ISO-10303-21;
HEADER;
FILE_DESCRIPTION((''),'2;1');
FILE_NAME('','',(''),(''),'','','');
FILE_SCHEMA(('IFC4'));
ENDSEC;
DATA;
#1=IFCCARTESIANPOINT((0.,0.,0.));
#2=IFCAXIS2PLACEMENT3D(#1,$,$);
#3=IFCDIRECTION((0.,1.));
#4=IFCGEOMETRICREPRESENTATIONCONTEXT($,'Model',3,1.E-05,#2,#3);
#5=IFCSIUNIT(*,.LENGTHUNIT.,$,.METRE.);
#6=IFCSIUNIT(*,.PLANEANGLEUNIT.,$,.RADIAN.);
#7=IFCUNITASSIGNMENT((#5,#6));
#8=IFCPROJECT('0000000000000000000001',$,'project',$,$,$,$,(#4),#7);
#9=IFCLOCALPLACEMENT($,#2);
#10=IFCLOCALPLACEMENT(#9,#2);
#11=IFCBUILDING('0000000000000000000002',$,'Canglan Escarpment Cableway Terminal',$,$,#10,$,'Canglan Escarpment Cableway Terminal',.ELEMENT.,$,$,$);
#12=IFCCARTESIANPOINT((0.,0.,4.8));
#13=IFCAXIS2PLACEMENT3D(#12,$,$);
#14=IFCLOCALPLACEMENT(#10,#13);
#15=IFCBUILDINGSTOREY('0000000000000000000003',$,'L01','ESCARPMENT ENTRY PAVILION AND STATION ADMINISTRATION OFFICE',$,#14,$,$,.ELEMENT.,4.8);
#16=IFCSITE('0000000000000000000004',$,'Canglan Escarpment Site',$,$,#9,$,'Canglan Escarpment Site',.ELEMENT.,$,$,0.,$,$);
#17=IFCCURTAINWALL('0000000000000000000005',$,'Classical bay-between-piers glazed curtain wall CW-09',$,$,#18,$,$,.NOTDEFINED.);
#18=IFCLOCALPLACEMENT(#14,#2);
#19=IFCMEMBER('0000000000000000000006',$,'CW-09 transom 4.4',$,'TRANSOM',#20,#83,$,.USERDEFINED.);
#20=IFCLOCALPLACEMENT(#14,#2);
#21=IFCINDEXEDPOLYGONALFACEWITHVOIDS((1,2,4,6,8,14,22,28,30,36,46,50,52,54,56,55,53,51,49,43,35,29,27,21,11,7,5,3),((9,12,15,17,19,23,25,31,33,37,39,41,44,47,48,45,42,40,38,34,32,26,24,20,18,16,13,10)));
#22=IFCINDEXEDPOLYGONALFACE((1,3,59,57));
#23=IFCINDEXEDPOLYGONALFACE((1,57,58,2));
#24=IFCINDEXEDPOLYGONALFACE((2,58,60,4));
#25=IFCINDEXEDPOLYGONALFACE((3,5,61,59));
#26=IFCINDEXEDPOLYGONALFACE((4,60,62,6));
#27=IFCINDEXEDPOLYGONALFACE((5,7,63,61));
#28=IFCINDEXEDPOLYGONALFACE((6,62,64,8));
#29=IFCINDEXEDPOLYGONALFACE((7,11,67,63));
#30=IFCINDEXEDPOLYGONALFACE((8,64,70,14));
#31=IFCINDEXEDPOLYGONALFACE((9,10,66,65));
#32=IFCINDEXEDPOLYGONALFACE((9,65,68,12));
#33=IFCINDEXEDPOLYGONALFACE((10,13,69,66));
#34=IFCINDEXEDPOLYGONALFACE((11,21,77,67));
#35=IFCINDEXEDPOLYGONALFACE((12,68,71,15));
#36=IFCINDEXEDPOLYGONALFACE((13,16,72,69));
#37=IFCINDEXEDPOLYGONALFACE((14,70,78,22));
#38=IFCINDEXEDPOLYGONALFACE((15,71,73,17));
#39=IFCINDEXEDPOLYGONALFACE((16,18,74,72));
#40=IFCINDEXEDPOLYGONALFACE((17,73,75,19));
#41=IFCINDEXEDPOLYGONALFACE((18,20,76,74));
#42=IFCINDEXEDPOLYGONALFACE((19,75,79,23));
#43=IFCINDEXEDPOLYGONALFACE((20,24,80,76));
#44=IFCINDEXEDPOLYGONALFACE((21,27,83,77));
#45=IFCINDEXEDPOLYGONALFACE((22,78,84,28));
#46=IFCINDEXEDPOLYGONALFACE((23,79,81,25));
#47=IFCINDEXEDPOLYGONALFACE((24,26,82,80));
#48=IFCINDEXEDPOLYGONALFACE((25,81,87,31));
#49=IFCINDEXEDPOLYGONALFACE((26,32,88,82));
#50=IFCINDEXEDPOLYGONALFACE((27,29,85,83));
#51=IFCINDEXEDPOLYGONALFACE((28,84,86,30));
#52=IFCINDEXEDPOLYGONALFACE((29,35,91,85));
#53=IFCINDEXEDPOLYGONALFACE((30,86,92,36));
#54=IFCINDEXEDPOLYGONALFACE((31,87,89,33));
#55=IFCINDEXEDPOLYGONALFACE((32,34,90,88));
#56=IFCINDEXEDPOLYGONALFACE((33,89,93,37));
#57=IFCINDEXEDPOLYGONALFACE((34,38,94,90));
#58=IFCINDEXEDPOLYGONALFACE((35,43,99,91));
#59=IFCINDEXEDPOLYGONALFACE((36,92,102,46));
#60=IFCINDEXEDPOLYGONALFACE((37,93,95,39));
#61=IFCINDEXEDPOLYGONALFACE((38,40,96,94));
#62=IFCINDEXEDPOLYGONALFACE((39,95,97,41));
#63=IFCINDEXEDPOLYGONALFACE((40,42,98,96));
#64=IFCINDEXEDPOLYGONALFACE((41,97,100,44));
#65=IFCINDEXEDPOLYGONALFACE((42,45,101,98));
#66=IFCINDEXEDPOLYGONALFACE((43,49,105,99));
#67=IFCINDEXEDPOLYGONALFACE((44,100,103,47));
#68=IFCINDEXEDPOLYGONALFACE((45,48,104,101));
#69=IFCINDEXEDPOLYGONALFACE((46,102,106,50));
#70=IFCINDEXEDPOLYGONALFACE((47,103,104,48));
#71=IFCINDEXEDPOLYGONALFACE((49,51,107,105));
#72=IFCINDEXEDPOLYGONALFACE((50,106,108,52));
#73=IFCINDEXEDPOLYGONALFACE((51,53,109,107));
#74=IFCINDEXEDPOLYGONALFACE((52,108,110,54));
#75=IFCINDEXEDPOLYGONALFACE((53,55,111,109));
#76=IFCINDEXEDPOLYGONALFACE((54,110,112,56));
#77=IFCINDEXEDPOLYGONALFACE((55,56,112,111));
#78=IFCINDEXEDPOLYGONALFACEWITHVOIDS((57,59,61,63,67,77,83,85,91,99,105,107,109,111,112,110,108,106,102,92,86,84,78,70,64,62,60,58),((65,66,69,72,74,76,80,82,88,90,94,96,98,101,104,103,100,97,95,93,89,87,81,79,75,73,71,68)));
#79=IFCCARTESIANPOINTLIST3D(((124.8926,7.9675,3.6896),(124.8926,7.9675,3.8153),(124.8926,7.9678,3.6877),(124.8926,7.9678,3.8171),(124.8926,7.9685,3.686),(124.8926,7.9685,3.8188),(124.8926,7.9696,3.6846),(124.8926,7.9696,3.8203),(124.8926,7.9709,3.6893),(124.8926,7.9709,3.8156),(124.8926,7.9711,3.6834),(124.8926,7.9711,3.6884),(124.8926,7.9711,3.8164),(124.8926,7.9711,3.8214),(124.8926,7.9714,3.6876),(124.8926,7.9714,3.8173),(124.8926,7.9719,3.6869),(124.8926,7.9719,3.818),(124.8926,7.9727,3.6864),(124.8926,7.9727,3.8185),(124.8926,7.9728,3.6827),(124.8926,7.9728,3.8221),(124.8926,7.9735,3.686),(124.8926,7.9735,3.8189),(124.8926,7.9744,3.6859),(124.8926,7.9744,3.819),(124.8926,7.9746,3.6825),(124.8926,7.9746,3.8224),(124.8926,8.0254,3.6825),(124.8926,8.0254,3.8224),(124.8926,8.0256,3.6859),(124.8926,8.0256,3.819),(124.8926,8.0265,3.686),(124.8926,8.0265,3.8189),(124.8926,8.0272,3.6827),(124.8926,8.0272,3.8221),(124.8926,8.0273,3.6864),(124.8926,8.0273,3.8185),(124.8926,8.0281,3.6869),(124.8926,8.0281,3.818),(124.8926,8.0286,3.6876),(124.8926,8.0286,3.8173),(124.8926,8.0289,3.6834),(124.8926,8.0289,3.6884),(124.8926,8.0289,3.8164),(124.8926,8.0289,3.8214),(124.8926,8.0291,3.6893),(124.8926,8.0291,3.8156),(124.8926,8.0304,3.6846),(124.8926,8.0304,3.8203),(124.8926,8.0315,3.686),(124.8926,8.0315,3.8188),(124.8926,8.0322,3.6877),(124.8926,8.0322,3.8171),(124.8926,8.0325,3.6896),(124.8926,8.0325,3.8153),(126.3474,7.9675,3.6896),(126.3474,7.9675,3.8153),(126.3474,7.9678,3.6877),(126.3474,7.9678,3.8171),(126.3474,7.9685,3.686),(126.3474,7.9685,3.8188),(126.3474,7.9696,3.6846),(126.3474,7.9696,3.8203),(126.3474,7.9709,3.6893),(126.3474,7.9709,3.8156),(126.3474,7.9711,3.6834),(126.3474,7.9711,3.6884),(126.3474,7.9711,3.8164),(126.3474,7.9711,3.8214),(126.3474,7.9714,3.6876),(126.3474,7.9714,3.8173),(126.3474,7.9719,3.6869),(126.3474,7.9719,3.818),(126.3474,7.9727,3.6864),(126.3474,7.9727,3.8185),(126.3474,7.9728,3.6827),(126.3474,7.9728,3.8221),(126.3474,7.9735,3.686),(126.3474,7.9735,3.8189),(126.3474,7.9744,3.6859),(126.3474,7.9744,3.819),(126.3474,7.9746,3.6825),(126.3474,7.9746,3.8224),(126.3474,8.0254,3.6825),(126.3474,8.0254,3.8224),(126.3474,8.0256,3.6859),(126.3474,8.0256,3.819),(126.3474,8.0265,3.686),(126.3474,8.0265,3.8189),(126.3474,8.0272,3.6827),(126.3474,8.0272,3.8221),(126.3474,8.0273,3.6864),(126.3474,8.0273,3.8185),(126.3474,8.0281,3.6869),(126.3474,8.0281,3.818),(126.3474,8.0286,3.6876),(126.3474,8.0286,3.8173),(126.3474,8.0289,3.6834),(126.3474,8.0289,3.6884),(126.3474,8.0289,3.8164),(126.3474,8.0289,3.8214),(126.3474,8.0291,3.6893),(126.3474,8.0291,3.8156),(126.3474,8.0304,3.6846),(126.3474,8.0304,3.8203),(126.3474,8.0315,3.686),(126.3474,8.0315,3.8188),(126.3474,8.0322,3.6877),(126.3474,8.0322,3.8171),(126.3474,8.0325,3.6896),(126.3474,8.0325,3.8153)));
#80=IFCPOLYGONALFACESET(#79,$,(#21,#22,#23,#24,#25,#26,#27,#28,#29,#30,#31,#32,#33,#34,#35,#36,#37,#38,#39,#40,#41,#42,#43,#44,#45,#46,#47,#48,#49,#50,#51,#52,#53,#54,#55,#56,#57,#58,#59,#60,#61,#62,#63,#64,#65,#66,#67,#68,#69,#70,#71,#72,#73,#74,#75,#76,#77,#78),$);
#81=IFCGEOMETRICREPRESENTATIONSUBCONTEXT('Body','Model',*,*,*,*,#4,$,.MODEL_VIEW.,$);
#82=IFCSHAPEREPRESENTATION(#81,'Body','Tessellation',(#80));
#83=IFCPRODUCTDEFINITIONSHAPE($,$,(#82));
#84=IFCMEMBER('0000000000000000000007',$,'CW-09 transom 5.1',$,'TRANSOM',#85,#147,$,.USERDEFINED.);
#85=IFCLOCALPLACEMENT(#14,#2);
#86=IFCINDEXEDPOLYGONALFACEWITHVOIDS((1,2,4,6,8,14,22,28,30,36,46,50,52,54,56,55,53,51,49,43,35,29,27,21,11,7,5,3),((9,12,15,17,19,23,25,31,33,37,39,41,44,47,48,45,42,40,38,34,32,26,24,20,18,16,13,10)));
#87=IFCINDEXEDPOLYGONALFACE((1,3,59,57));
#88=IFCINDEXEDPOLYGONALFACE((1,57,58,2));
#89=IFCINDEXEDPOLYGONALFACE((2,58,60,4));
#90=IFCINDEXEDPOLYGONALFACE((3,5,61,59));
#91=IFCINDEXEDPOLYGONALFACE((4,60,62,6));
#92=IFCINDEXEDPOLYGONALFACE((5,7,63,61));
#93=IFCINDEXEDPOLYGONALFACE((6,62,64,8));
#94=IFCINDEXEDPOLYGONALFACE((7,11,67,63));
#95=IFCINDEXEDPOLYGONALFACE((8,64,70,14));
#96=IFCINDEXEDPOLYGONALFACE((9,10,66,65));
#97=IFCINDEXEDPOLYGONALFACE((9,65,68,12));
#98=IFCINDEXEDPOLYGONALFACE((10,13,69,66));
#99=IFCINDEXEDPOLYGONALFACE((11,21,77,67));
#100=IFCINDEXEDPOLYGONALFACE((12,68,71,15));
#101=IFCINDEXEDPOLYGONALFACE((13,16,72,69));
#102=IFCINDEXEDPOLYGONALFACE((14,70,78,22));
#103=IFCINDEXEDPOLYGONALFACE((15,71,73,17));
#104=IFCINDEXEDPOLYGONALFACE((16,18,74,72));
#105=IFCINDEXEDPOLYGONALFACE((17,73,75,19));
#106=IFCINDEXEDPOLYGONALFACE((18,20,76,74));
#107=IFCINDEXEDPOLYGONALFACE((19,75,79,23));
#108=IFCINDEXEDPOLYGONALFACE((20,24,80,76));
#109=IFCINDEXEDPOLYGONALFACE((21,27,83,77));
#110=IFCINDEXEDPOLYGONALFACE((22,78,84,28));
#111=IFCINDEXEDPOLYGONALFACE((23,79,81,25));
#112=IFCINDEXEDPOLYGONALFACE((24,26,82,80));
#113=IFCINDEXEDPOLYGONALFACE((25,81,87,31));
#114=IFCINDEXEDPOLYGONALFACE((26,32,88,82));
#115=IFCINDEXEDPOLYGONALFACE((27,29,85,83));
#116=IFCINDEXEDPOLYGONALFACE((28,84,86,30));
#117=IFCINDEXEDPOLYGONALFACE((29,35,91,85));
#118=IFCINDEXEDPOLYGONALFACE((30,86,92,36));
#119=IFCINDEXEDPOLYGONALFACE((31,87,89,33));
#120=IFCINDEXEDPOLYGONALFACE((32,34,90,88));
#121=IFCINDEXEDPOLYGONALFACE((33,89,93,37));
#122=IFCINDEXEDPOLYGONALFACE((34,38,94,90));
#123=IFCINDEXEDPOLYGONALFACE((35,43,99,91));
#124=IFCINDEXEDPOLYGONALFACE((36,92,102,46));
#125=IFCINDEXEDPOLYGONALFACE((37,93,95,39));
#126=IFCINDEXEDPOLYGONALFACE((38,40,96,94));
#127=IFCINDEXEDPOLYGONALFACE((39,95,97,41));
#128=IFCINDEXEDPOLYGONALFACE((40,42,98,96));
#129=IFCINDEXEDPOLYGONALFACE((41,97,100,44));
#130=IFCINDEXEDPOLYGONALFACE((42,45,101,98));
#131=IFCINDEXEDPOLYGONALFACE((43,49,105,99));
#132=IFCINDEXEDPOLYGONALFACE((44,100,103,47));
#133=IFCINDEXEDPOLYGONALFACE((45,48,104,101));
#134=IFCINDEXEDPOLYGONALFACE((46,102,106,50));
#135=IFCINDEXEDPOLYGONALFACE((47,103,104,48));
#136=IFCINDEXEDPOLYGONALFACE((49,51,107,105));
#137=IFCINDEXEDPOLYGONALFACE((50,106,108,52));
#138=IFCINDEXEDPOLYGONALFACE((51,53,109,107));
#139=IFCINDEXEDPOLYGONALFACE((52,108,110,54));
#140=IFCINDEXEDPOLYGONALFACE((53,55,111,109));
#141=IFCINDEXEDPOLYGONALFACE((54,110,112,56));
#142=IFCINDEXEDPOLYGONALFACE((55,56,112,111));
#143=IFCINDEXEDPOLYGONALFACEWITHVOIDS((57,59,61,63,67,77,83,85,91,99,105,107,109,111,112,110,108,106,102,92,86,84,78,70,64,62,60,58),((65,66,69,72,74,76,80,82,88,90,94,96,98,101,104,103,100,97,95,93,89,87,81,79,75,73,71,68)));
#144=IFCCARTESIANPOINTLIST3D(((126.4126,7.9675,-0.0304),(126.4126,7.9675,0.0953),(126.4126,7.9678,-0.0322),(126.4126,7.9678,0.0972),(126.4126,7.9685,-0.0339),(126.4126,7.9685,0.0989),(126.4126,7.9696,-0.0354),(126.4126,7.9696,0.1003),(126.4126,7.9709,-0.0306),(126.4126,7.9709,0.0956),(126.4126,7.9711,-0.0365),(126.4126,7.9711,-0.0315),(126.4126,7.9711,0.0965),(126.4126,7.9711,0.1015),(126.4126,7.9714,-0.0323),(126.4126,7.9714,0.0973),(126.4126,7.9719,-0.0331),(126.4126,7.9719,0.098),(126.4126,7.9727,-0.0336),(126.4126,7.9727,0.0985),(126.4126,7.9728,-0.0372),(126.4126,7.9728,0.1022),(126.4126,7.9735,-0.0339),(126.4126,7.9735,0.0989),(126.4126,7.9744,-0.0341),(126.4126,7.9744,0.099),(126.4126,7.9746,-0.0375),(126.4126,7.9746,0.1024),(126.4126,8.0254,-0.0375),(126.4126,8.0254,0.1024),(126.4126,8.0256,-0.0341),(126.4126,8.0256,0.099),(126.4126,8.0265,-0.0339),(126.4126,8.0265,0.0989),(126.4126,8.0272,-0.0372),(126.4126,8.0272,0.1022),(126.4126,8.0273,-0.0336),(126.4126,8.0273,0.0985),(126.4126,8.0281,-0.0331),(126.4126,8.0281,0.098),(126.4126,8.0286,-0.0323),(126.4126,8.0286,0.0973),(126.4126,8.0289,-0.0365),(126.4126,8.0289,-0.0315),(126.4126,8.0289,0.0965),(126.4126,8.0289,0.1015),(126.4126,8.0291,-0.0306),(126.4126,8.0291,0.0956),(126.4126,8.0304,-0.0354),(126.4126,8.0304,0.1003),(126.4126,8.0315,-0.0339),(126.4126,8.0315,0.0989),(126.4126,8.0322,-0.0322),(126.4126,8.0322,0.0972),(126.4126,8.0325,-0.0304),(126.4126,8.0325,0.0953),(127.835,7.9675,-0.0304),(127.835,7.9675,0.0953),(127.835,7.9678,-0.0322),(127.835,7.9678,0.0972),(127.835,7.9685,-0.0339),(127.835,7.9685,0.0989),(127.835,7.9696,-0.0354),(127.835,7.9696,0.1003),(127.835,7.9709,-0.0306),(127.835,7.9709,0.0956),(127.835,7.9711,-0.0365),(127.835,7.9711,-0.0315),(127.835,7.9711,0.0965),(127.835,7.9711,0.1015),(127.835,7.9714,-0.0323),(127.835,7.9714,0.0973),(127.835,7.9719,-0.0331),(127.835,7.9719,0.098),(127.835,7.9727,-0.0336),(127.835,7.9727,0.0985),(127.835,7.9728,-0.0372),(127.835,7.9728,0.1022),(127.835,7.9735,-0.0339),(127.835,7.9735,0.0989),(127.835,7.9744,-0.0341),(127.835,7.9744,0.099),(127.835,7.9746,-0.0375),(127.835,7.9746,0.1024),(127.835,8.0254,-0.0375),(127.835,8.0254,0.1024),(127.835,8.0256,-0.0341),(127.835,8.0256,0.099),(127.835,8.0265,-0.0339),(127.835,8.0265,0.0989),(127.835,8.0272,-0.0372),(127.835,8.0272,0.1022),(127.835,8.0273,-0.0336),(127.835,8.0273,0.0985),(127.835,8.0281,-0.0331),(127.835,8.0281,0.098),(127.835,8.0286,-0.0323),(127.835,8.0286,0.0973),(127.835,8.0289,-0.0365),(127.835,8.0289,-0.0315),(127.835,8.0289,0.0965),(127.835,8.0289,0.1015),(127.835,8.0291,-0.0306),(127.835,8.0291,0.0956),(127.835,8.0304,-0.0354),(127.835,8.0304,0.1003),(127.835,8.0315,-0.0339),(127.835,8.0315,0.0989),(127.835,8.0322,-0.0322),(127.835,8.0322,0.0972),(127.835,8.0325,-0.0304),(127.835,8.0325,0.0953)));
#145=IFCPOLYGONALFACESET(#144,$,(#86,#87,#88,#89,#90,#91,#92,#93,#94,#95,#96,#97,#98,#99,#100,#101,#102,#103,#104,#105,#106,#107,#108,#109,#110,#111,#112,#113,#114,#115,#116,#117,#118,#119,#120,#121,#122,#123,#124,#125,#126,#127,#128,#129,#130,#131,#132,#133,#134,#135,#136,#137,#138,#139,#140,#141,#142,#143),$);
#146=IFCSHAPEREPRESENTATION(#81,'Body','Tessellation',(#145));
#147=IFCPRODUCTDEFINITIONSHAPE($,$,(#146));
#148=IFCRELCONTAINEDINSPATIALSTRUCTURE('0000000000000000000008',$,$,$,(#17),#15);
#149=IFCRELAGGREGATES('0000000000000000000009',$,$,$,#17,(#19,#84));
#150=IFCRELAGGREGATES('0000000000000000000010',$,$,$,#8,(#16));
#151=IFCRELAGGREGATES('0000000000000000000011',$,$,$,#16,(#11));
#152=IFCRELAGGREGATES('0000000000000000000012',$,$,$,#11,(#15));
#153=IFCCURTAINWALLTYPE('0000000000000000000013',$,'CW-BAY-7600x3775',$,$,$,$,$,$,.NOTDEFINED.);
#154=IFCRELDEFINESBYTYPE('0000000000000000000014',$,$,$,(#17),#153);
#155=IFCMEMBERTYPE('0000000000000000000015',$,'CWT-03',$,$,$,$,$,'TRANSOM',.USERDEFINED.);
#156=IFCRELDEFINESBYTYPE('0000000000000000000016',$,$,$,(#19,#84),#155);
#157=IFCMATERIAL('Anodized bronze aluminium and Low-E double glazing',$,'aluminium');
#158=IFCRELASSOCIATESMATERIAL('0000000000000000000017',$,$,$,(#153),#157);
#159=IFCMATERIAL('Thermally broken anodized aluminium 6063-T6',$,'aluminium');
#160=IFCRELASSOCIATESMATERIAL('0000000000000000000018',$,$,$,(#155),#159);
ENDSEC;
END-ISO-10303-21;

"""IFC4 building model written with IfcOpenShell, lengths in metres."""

from ifc_helpers import new_model, si_unit, direction, frame, origin, origin_2d, place, context, subcontext, project, spatial, hollow_rectangle, extrude, material, material_profile, profile_set, type_object, element, aggregate, save


model = new_model("IFC4")

# Units and contexts
model_context = context("Model", 3, precision=1e-05, world=origin(), true_north=direction((0.0, 1.0)))
body_context = subcontext(model_context, "Body", "Model", "MODEL_VIEW")
ifc_project = project(units=[si_unit("LENGTHUNIT", "METRE"), si_unit("PLANEANGLEUNIT", "RADIAN")], contexts=[model_context])

# Site, building, storey
site_placement = place(None, origin())
site = spatial("IfcSite", under=ifc_project, at=site_placement, Name="Canglan Escarpment Site", LongName="Canglan Escarpment Site", CompositionType="ELEMENT", RefElevation=0.0)
building_placement = place(site_placement, origin())
building = spatial("IfcBuilding", under=site, at=building_placement, Name="Canglan Escarpment Cableway Terminal", LongName="Canglan Escarpment Cableway Terminal", CompositionType="ELEMENT")
storey_placement = place(building_placement, frame((0.0, 0.0, 4.8)))
storey = spatial("IfcBuildingStorey", under=building, at=storey_placement, Name="L01", Description="ESCARPMENT ENTRY PAVILION AND STATION ADMINISTRATION OFFICE", CompositionType="ELEMENT", Elevation=4.8)

# Curtain wall, members
ifc_material_1 = material(Name="Anodized bronze aluminium and Low-E double glazing", Category="aluminium")
curtain_wall_type = type_object("IfcCurtainWallType", Name="CW-BAY-7600x3775", PredefinedType="NOTDEFINED", material=ifc_material_1)
curtain_wall_placement = place(storey_placement, origin())
curtain_wall = element("IfcCurtainWall", 1, at=curtain_wall_placement, inside=storey, type_object=curtain_wall_type, Name="Classical bay-between-piers glazed curtain wall CW-09", PredefinedType="NOTDEFINED")
ifc_material_2 = material(Name="Thermally broken anodized aluminium 6063-T6", Category="aluminium")
ifc_material_profile_1 = material_profile(ifc_material_2, hollow_rectangle(XDim=0.0649, YDim=0.1399, WallThickness=0.0034, InnerFilletRadius=0.0034, OuterFilletRadius=0.0071, at=origin_2d()), Name="ALU-TRAN 65x140x3.5")
ifc_profile_set_1 = profile_set([ifc_material_profile_1], Name="Thermally broken anodized aluminium 6063-T6")
member_type_1 = type_object("IfcMemberType", Name="CWT-03", ElementType="TRANSOM", PredefinedType="USERDEFINED", material=ifc_profile_set_1)
member_1_placement = place(storey_placement, frame((124.8926, 8.0, 3.7524), z_axis=(1.0, 0.0, 0.0), x_axis=(0.0, 1.0, 0.0)))
member_1 = element("IfcMember", 2, at=member_1_placement, type_object=member_type_1, Name="CW-09 transom 4.4", ObjectType="TRANSOM", PredefinedType="USERDEFINED", context=body_context, shape_type="SweptSolid", body=[
    extrude(hollow_rectangle(XDim=0.0649, YDim=0.1399, WallThickness=0.0034, InnerFilletRadius=0.0034, OuterFilletRadius=0.0071, at=origin_2d()), origin(), (0.0, 0.0, 1.0), 1.4548),
])
member_2_placement = place(storey_placement, frame((126.4126, 8.0, 0.0325), z_axis=(1.0, 0.0, 0.0), x_axis=(0.0, 1.0, 0.0)))
member_2 = element("IfcMember", 3, at=member_2_placement, type_object=member_type_1, Name="CW-09 transom 5.1", ObjectType="TRANSOM", PredefinedType="USERDEFINED", context=body_context, shape_type="SweptSolid", body=[
    extrude(hollow_rectangle(XDim=0.0649, YDim=0.1399, WallThickness=0.0034, InnerFilletRadius=0.0034, OuterFilletRadius=0.0071, at=origin_2d()), origin(), (0.0, 0.0, 1.0), 1.4224),
])
aggregate(curtain_wall, [member_1, member_2])

save(model, "model.ifc")
